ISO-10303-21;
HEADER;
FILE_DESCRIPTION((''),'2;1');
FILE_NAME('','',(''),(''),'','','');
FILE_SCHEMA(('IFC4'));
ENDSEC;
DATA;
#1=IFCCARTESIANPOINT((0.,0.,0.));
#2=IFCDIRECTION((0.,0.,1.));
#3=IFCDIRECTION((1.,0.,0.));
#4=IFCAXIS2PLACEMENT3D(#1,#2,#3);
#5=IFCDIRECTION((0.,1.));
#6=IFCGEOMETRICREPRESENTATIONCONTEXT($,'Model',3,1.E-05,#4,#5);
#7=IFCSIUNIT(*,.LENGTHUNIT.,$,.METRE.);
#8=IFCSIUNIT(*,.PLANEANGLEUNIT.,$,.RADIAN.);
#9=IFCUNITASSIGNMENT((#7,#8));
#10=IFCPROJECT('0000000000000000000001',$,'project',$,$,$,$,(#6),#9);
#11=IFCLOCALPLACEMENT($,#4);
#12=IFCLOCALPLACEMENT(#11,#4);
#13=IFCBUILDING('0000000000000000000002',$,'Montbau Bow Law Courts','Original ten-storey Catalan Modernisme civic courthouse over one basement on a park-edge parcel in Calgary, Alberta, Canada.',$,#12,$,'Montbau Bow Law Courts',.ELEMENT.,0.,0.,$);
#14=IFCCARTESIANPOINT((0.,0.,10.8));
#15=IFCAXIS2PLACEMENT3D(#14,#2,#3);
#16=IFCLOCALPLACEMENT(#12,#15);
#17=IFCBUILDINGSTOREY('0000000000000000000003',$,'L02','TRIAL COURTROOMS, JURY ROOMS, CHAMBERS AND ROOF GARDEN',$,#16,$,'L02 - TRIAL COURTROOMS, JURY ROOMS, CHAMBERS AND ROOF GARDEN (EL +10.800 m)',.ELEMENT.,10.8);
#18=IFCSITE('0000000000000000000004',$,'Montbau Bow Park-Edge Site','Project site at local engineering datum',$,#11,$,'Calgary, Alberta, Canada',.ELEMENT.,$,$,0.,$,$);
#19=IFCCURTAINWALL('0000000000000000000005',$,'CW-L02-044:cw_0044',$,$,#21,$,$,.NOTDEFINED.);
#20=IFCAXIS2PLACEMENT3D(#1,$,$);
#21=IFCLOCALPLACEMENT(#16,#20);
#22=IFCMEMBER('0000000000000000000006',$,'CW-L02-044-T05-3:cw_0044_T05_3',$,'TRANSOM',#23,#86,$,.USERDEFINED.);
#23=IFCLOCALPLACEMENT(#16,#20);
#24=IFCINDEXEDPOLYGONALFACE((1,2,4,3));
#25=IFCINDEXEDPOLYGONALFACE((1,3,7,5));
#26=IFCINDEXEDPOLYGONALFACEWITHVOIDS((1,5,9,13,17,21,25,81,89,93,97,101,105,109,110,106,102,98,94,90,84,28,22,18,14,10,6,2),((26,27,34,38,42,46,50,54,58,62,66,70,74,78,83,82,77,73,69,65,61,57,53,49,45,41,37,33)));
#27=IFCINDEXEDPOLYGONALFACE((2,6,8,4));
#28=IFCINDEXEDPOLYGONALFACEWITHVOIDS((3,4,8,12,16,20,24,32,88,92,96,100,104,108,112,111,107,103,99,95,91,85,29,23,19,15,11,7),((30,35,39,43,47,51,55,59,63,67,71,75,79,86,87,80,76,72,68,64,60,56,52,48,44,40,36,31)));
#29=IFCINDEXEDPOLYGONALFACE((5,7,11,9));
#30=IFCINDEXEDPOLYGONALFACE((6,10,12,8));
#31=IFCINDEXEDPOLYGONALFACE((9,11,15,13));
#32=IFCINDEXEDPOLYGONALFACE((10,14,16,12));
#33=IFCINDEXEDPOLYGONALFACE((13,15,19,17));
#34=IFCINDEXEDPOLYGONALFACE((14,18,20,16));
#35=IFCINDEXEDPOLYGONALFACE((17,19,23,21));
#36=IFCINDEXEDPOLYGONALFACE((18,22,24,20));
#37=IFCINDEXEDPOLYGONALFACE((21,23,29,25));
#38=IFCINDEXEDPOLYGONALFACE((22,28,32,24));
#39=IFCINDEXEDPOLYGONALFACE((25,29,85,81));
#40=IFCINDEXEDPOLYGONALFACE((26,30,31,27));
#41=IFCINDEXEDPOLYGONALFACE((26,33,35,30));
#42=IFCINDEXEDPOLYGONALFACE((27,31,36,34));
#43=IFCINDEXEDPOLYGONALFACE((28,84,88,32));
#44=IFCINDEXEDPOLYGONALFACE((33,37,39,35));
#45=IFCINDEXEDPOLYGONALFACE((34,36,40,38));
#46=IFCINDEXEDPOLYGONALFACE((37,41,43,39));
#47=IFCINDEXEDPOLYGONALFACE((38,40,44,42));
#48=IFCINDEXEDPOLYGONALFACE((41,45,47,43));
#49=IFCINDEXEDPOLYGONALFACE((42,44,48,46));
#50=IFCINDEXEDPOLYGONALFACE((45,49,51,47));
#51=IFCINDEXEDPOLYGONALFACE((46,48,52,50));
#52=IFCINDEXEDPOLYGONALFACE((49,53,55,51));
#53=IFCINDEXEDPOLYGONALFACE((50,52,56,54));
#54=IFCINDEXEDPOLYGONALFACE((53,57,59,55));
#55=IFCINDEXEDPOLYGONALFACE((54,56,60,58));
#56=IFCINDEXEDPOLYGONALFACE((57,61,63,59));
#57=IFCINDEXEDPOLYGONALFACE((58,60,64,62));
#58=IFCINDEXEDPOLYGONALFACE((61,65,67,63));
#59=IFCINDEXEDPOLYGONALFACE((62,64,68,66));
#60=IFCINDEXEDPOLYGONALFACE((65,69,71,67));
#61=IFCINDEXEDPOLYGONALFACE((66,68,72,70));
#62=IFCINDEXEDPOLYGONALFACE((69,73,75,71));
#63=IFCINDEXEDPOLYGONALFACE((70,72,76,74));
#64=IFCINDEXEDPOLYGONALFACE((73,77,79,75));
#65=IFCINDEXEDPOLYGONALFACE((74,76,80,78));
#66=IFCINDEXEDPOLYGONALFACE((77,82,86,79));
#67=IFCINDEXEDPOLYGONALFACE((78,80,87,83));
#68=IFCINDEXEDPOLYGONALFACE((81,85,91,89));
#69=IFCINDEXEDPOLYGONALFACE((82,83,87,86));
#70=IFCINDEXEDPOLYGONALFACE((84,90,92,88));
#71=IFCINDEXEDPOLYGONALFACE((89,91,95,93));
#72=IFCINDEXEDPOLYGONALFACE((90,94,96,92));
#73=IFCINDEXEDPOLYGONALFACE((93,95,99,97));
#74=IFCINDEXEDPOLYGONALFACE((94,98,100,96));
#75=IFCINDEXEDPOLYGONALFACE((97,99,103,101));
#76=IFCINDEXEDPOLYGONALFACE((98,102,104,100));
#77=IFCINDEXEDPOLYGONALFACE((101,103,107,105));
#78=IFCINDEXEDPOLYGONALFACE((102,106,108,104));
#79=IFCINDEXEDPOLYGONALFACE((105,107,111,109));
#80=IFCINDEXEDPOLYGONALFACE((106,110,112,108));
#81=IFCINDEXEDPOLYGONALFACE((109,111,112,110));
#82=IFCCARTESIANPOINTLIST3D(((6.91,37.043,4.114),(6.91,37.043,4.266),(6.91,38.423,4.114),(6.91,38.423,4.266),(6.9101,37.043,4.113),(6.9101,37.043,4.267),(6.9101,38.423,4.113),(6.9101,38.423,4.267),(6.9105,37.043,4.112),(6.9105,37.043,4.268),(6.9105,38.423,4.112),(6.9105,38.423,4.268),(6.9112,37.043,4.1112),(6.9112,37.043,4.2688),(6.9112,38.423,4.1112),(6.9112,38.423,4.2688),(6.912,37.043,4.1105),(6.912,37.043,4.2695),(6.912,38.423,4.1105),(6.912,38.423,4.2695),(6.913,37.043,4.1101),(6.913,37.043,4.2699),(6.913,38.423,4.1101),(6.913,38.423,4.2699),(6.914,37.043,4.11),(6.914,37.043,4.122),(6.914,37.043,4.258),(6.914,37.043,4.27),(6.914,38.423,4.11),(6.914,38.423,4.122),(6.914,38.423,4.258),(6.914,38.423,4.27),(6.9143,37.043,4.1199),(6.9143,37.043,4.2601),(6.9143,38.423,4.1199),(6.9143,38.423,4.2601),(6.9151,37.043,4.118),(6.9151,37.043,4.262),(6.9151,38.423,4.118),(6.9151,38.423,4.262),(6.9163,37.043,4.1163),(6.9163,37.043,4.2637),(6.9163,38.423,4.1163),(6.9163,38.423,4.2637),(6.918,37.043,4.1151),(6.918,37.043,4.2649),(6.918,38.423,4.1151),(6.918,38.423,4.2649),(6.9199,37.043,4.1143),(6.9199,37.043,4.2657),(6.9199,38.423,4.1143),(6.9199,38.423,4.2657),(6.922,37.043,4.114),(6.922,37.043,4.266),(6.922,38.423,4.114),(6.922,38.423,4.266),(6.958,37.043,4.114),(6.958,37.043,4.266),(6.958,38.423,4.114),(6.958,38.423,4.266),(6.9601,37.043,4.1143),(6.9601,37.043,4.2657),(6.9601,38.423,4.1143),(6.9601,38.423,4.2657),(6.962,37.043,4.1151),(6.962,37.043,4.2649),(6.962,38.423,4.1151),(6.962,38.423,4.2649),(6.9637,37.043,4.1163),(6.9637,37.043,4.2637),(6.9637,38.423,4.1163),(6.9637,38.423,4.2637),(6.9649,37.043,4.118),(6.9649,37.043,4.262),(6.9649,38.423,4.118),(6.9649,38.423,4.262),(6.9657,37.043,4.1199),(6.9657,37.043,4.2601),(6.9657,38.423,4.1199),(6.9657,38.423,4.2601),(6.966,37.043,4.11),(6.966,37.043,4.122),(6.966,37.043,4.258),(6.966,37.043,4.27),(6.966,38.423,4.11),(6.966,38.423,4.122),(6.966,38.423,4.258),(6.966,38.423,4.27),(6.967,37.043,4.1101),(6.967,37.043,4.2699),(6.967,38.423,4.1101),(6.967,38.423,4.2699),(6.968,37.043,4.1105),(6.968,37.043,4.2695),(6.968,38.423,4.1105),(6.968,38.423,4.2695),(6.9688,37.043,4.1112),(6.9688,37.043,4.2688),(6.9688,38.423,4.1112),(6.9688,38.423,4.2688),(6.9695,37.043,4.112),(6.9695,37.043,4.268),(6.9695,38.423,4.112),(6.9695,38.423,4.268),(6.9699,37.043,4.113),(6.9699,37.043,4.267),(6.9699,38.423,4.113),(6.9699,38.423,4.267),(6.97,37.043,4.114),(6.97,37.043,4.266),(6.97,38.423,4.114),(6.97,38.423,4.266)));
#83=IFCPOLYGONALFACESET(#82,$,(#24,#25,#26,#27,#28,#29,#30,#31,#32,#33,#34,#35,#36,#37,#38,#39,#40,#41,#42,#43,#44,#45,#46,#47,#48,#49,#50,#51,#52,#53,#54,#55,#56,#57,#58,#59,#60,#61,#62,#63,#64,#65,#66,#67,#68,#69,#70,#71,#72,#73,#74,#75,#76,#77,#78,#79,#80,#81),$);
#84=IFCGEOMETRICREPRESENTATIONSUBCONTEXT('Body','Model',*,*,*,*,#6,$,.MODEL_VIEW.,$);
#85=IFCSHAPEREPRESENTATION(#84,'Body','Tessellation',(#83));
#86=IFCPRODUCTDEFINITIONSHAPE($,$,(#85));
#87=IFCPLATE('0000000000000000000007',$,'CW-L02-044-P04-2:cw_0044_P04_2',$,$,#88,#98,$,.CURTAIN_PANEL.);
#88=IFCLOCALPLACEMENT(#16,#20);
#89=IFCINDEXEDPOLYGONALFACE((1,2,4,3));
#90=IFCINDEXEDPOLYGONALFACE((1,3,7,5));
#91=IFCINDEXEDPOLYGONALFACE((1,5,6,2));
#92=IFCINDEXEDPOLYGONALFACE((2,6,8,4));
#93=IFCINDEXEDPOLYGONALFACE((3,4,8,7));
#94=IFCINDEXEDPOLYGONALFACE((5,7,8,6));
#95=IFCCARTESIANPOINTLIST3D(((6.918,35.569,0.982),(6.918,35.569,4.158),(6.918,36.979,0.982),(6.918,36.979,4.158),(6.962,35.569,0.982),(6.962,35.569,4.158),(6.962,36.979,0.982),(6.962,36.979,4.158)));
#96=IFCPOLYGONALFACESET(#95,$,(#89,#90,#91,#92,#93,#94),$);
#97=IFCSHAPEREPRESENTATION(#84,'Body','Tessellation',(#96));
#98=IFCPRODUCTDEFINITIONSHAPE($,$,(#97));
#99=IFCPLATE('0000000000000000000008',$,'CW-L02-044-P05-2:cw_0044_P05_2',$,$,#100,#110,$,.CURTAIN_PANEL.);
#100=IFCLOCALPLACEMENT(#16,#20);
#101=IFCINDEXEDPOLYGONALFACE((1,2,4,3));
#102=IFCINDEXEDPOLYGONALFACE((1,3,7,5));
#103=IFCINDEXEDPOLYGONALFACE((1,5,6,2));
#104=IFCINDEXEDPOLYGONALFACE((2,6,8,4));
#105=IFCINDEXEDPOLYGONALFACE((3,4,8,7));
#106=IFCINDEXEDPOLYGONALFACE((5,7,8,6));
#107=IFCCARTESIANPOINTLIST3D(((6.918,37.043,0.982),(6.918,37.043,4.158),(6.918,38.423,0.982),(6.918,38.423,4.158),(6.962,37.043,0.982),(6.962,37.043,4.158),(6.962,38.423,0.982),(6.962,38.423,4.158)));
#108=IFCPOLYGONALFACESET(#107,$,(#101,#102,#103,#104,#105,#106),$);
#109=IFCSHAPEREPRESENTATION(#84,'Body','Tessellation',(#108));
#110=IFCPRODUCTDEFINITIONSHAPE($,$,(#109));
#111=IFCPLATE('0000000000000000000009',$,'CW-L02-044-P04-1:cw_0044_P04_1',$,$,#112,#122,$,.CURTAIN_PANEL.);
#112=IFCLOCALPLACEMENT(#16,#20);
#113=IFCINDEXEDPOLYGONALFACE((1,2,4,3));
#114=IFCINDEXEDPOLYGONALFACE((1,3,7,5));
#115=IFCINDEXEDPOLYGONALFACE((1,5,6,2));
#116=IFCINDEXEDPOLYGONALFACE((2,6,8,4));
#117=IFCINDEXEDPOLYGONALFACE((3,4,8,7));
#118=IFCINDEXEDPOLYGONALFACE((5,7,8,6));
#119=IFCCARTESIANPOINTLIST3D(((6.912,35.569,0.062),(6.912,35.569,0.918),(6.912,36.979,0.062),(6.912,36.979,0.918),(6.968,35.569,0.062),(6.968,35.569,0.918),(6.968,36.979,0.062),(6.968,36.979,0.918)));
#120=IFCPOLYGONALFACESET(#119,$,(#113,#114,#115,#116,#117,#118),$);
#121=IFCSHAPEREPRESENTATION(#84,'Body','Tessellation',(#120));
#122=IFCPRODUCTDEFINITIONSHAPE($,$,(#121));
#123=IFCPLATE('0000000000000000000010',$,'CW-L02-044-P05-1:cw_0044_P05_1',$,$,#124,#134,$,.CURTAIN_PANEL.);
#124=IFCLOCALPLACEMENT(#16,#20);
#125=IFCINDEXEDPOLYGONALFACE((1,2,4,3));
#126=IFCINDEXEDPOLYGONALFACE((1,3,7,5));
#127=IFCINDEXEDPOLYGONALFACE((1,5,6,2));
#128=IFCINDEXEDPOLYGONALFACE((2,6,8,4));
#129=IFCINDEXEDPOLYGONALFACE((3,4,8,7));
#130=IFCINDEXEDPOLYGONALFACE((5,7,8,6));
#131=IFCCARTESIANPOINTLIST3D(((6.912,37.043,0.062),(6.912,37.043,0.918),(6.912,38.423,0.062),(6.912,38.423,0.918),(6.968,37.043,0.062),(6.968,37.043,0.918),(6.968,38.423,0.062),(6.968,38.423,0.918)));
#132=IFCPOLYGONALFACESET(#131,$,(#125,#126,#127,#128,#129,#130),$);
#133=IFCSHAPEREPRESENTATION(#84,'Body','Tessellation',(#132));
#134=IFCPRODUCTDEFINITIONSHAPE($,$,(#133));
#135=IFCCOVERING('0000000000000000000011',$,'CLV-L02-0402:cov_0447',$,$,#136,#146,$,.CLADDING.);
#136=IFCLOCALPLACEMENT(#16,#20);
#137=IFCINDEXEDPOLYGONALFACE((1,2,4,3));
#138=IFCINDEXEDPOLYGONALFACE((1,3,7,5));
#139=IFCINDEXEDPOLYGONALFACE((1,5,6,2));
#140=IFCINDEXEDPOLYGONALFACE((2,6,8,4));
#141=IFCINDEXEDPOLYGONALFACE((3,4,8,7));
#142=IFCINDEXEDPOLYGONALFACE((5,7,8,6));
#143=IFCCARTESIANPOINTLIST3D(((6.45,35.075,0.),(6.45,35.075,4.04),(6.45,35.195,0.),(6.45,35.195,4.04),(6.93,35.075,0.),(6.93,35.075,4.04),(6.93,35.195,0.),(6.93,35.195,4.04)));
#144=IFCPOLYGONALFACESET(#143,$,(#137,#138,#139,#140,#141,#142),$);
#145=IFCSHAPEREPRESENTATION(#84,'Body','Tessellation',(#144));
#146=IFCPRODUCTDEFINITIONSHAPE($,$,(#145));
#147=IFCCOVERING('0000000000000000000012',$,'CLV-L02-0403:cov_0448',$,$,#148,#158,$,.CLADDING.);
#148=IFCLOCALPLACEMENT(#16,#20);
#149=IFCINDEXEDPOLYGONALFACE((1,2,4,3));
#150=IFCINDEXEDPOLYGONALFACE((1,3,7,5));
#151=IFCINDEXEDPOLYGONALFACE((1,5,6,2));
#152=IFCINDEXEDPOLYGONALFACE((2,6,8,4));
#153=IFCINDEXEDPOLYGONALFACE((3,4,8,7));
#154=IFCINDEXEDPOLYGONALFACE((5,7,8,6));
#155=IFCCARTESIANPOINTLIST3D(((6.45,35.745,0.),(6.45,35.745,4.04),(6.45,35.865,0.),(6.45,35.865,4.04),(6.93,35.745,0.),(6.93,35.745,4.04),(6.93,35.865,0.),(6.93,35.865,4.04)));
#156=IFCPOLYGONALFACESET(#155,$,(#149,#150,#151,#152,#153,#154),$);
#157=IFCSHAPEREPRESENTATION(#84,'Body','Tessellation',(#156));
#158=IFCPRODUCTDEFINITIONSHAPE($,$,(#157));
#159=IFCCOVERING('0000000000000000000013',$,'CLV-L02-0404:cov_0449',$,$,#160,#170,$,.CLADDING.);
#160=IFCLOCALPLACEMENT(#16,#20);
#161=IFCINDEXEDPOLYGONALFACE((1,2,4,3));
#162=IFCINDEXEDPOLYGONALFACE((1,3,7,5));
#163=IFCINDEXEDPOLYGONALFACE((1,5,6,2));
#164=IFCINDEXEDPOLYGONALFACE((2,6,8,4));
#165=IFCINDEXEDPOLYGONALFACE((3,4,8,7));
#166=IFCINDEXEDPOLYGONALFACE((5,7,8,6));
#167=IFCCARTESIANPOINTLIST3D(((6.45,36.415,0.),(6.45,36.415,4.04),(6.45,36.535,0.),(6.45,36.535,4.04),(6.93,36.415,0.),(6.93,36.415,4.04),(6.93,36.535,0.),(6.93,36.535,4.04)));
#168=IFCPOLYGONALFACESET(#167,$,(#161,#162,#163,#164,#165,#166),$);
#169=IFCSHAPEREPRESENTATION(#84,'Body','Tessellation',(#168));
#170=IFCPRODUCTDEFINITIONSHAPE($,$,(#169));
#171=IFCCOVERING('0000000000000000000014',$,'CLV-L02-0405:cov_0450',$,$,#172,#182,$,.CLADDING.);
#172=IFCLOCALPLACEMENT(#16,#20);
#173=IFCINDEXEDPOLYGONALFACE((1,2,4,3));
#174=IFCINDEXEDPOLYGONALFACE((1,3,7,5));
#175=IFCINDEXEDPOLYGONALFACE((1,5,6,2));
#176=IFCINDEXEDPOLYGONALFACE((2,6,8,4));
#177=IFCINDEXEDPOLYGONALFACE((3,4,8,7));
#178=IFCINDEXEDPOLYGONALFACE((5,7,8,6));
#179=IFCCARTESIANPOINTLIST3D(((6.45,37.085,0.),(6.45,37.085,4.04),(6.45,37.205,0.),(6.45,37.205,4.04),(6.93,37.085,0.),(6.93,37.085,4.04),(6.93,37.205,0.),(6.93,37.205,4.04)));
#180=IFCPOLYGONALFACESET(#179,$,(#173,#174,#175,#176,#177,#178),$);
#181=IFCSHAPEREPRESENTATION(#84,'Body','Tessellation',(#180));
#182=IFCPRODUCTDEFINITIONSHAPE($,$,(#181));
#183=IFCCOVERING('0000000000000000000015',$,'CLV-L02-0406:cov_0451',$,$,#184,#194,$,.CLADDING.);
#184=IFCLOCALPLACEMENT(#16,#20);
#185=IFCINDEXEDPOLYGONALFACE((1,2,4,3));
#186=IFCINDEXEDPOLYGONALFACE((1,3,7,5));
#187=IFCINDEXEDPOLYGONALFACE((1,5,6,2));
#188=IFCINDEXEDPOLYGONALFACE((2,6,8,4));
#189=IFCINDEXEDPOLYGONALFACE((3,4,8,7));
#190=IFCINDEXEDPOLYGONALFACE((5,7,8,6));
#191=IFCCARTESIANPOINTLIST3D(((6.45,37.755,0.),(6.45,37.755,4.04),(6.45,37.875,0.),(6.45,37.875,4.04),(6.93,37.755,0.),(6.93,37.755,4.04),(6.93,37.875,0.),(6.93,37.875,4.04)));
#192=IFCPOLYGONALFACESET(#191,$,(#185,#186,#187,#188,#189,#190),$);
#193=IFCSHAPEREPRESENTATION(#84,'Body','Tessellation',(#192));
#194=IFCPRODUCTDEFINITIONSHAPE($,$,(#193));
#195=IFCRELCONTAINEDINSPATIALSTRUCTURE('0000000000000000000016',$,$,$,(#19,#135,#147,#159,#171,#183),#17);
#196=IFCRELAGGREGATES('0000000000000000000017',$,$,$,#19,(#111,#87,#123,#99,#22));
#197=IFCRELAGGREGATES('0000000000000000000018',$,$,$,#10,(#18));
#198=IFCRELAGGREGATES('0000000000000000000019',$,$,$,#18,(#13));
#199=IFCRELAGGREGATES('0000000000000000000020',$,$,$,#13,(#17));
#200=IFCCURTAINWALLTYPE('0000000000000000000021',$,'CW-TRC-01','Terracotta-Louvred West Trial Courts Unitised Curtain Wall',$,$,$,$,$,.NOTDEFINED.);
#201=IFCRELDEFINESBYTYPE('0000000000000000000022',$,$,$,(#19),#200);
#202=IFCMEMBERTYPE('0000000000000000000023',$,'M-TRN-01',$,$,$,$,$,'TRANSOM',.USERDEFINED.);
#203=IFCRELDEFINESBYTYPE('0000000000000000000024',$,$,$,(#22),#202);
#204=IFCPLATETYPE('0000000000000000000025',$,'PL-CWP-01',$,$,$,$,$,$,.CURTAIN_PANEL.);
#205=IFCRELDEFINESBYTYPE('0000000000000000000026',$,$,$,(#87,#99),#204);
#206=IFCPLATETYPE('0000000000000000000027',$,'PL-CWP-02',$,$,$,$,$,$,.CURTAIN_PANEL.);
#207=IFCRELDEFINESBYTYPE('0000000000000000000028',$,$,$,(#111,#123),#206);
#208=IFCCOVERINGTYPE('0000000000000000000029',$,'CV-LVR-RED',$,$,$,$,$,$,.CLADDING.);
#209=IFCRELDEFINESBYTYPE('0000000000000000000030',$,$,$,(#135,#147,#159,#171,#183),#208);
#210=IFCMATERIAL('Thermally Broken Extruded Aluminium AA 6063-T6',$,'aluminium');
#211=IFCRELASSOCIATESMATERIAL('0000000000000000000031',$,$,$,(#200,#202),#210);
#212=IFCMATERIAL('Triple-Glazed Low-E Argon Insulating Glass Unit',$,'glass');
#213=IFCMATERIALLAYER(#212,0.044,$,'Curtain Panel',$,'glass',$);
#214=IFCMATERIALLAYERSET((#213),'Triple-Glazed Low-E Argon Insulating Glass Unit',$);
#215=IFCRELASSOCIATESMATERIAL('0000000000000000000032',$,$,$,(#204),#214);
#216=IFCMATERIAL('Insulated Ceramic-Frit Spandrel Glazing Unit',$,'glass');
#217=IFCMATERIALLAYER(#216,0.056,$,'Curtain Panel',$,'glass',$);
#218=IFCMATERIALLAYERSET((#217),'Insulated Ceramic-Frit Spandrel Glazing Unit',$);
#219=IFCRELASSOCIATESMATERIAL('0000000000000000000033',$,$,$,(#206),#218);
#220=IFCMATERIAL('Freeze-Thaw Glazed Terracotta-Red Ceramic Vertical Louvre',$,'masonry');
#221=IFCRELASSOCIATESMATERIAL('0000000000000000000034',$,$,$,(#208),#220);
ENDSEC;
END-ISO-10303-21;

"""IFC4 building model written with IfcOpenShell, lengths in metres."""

from ifc_helpers import new_model, si_unit, direction, frame, frame_2d, origin_with_axes, origin_2d_with_axis, place, context, subcontext, project, spatial, rectangle, hollow_rectangle, extrude, material, layer, layer_set, material_profile, profile_set, type_object, element, aggregate, save


model = new_model("IFC4")

# Units and contexts
model_context = context("Model", 3, precision=1e-05, world=origin_with_axes(), true_north=direction((0.0, 1.0)))
body_context = subcontext(model_context, "Body", "Model", "MODEL_VIEW")
ifc_project = project(units=[si_unit("LENGTHUNIT", "METRE"), si_unit("PLANEANGLEUNIT", "RADIAN")], contexts=[model_context])

# Site, building, storey
site_placement = place(None, origin_with_axes())
site = spatial("IfcSite", under=ifc_project, at=site_placement, Name="Montbau Bow Park-Edge Site", Description="Project site at local engineering datum", LongName="Calgary, Alberta, Canada", CompositionType="ELEMENT", RefElevation=0.0)
building_placement = place(site_placement, origin_with_axes())
building = spatial("IfcBuilding", under=site, at=building_placement, Name="Montbau Bow Law Courts", Description="Original ten-storey Catalan Modernisme civic courthouse over one basement on a park-edge parcel in Calgary, Alberta, Canada.", LongName="Montbau Bow Law Courts", CompositionType="ELEMENT", ElevationOfRefHeight=0.0, ElevationOfTerrain=0.0)
storey_placement = place(building_placement, frame((0.0, 0.0, 10.8), z_axis=(0.0, 0.0, 1.0), x_axis=(1.0, 0.0, 0.0)))
storey = spatial("IfcBuildingStorey", under=building, at=storey_placement, Name="L02", Description="TRIAL COURTROOMS, JURY ROOMS, CHAMBERS AND ROOF GARDEN", LongName="L02 - TRIAL COURTROOMS, JURY ROOMS, CHAMBERS AND ROOF GARDEN (EL +10.800 m)", CompositionType="ELEMENT", Elevation=10.8)

# Curtain wall, member, plates
ifc_material_1 = material(Name="Thermally Broken Extruded Aluminium AA 6063-T6", Category="aluminium")
curtain_wall_type = type_object("IfcCurtainWallType", Name="CW-TRC-01", Description="Terracotta-Louvred West Trial Courts Unitised Curtain Wall", PredefinedType="NOTDEFINED", material=ifc_material_1)
curtain_wall_placement = place(None, frame((6.94, 31.115, 10.8), z_axis=(0.0, 0.0, 1.0), x_axis=(1.0, 0.0, 0.0)))
curtain_wall = element("IfcCurtainWall", 1, at=curtain_wall_placement, inside=storey, type_object=curtain_wall_type, Name="CW-L02-044:cw_0044", PredefinedType="NOTDEFINED")
ifc_material_profile_1 = material_profile(ifc_material_1, hollow_rectangle(XDim=0.06, YDim=0.16, WallThickness=0.004, InnerFilletRadius=0.008, OuterFilletRadius=0.004, at=origin_2d_with_axis()), Name="CWT-160X60", Category="Main", Priority=0)
ifc_profile_set_1 = profile_set([ifc_material_profile_1], Name="Thermally Broken Extruded Aluminium AA 6063-T6")
member_type_1 = type_object("IfcMemberType", Name="M-TRN-01", ElementType="TRANSOM", PredefinedType="USERDEFINED", material=ifc_profile_set_1)
member_1_placement = place(None, frame((6.94, 37.043, 14.99), z_axis=(0.0, 1.0, 0.0), x_axis=(-1.0, 0.0, 0.0)))
member_1 = element("IfcMember", 2, at=member_1_placement, type_object=member_type_1, Name="CW-L02-044-T05-3:cw_0044_T05_3", ObjectType="TRANSOM", PredefinedType="USERDEFINED", context=body_context, shape_type="SweptSolid", body=[
    extrude(hollow_rectangle(XDim=0.06, YDim=0.16, WallThickness=0.004, InnerFilletRadius=0.008, OuterFilletRadius=0.004, at=origin_2d_with_axis()), origin_with_axes(), (0.0, 0.0, 1.0), 1.38),
])
ifc_material_2 = material(Name="Triple-Glazed Low-E Argon Insulating Glass Unit", Category="glass")
ifc_layer_1 = layer(ifc_material_2, 0.044, Name="Curtain Panel", Category="glass")
ifc_layer_set_1 = layer_set([ifc_layer_1], Name="Triple-Glazed Low-E Argon Insulating Glass Unit")
plate_type_1 = type_object("IfcPlateType", Name="PL-CWP-01", PredefinedType="CURTAIN_PANEL", material=ifc_layer_set_1)
plate_1_placement = place(None, frame((6.94, 35.569, 11.782), z_axis=(1.0, 0.0, 0.0), x_axis=(0.0, 1.0, 0.0)))
plate_1 = element("IfcPlate", 3, at=plate_1_placement, type_object=plate_type_1, Name="CW-L02-044-P04-2:cw_0044_P04_2", PredefinedType="CURTAIN_PANEL", context=body_context, shape_type="SweptSolid", body=[
    extrude(rectangle(XDim=1.41, YDim=3.176, at=frame_2d((0.705, 1.588), x_axis=(1.0, 0.0))), frame((0.0, 0.0, -0.022), z_axis=(0.0, 0.0, 1.0), x_axis=(1.0, 0.0, 0.0)), (0.0, 0.0, 1.0), 0.044),
])
plate_2_placement = place(None, frame((6.94, 37.043, 11.782), z_axis=(1.0, 0.0, 0.0), x_axis=(0.0, 1.0, 0.0)))
plate_2 = element("IfcPlate", 4, at=plate_2_placement, type_object=plate_type_1, Name="CW-L02-044-P05-2:cw_0044_P05_2", PredefinedType="CURTAIN_PANEL", context=body_context, shape_type="SweptSolid", body=[
    extrude(rectangle(XDim=1.38, YDim=3.176, at=frame_2d((0.69, 1.588), x_axis=(1.0, 0.0))), frame((0.0, 0.0, -0.022), z_axis=(0.0, 0.0, 1.0), x_axis=(1.0, 0.0, 0.0)), (0.0, 0.0, 1.0), 0.044),
])
ifc_material_3 = material(Name="Insulated Ceramic-Frit Spandrel Glazing Unit", Category="glass")
ifc_layer_2 = layer(ifc_material_3, 0.056, Name="Curtain Panel", Category="glass")
ifc_layer_set_2 = layer_set([ifc_layer_2], Name="Insulated Ceramic-Frit Spandrel Glazing Unit")
plate_type_2 = type_object("IfcPlateType", Name="PL-CWP-02", PredefinedType="CURTAIN_PANEL", material=ifc_layer_set_2)
plate_3_placement = place(None, frame((6.94, 35.569, 10.862), z_axis=(1.0, 0.0, 0.0), x_axis=(0.0, 1.0, 0.0)))
plate_3 = element("IfcPlate", 5, at=plate_3_placement, type_object=plate_type_2, Name="CW-L02-044-P04-1:cw_0044_P04_1", PredefinedType="CURTAIN_PANEL", context=body_context, shape_type="SweptSolid", body=[
    extrude(rectangle(XDim=1.41, YDim=0.856, at=frame_2d((0.705, 0.428), x_axis=(1.0, 0.0))), frame((0.0, 0.0, -0.028), z_axis=(0.0, 0.0, 1.0), x_axis=(1.0, 0.0, 0.0)), (0.0, 0.0, 1.0), 0.056),
])
plate_4_placement = place(None, frame((6.94, 37.043, 10.862), z_axis=(1.0, 0.0, 0.0), x_axis=(0.0, 1.0, 0.0)))
plate_4 = element("IfcPlate", 6, at=plate_4_placement, type_object=plate_type_2, Name="CW-L02-044-P05-1:cw_0044_P05_1", PredefinedType="CURTAIN_PANEL", context=body_context, shape_type="SweptSolid", body=[
    extrude(rectangle(XDim=1.38, YDim=0.856, at=frame_2d((0.69, 0.428), x_axis=(1.0, 0.0))), frame((0.0, 0.0, -0.028), z_axis=(0.0, 0.0, 1.0), x_axis=(1.0, 0.0, 0.0)), (0.0, 0.0, 1.0), 0.056),
])
aggregate(curtain_wall, [plate_3, plate_1, plate_4, plate_2, member_1])

# Coverings
ifc_material_4 = material(Name="Freeze-Thaw Glazed Terracotta-Red Ceramic Vertical Louvre", Category="masonry")
covering_type = type_object("IfcCoveringType", Name="CV-LVR-RED", PredefinedType="CLADDING", material=ifc_material_4)
for number, where, z_axis, x_axis, name in (
    (7, (6.93, 35.135, 10.8), (0.0, 1.0, 0.0), (-1.0, 0.0, 0.0), "CLV-L02-0402:cov_0447"),
    (8, (6.93, 35.805, 10.8), (0.0, 1.0, 0.0), (-1.0, 0.0, 0.0), "CLV-L02-0403:cov_0448"),
    (9, (6.93, 36.475, 10.8), (0.0, 1.0, 0.0), (-1.0, 0.0, 0.0), "CLV-L02-0404:cov_0449"),
    (10, (6.93, 37.145, 10.8), (0.0, 1.0, 0.0), (-1.0, 0.0, 0.0), "CLV-L02-0405:cov_0450"),
    (11, (6.93, 37.815, 10.8), (0.0, 1.0, 0.0), (-1.0, 0.0, 0.0), "CLV-L02-0406:cov_0451"),
):
    element("IfcCovering", number, at=place(None, frame(where, z_axis=z_axis, x_axis=x_axis)), inside=storey, type_object=covering_type, Name=name, PredefinedType="CLADDING", context=body_context, shape_type="SweptSolid", body=[
        extrude(rectangle(XDim=0.48, YDim=4.04, at=frame_2d((0.24, 2.02), x_axis=(1.0, 0.0))), frame((0.0, 0.0, -0.06), z_axis=(0.0, 0.0, 1.0), x_axis=(1.0, 0.0, 0.0)), (0.0, 0.0, 1.0), 0.12),
    ])

save(model, "model.ifc")
